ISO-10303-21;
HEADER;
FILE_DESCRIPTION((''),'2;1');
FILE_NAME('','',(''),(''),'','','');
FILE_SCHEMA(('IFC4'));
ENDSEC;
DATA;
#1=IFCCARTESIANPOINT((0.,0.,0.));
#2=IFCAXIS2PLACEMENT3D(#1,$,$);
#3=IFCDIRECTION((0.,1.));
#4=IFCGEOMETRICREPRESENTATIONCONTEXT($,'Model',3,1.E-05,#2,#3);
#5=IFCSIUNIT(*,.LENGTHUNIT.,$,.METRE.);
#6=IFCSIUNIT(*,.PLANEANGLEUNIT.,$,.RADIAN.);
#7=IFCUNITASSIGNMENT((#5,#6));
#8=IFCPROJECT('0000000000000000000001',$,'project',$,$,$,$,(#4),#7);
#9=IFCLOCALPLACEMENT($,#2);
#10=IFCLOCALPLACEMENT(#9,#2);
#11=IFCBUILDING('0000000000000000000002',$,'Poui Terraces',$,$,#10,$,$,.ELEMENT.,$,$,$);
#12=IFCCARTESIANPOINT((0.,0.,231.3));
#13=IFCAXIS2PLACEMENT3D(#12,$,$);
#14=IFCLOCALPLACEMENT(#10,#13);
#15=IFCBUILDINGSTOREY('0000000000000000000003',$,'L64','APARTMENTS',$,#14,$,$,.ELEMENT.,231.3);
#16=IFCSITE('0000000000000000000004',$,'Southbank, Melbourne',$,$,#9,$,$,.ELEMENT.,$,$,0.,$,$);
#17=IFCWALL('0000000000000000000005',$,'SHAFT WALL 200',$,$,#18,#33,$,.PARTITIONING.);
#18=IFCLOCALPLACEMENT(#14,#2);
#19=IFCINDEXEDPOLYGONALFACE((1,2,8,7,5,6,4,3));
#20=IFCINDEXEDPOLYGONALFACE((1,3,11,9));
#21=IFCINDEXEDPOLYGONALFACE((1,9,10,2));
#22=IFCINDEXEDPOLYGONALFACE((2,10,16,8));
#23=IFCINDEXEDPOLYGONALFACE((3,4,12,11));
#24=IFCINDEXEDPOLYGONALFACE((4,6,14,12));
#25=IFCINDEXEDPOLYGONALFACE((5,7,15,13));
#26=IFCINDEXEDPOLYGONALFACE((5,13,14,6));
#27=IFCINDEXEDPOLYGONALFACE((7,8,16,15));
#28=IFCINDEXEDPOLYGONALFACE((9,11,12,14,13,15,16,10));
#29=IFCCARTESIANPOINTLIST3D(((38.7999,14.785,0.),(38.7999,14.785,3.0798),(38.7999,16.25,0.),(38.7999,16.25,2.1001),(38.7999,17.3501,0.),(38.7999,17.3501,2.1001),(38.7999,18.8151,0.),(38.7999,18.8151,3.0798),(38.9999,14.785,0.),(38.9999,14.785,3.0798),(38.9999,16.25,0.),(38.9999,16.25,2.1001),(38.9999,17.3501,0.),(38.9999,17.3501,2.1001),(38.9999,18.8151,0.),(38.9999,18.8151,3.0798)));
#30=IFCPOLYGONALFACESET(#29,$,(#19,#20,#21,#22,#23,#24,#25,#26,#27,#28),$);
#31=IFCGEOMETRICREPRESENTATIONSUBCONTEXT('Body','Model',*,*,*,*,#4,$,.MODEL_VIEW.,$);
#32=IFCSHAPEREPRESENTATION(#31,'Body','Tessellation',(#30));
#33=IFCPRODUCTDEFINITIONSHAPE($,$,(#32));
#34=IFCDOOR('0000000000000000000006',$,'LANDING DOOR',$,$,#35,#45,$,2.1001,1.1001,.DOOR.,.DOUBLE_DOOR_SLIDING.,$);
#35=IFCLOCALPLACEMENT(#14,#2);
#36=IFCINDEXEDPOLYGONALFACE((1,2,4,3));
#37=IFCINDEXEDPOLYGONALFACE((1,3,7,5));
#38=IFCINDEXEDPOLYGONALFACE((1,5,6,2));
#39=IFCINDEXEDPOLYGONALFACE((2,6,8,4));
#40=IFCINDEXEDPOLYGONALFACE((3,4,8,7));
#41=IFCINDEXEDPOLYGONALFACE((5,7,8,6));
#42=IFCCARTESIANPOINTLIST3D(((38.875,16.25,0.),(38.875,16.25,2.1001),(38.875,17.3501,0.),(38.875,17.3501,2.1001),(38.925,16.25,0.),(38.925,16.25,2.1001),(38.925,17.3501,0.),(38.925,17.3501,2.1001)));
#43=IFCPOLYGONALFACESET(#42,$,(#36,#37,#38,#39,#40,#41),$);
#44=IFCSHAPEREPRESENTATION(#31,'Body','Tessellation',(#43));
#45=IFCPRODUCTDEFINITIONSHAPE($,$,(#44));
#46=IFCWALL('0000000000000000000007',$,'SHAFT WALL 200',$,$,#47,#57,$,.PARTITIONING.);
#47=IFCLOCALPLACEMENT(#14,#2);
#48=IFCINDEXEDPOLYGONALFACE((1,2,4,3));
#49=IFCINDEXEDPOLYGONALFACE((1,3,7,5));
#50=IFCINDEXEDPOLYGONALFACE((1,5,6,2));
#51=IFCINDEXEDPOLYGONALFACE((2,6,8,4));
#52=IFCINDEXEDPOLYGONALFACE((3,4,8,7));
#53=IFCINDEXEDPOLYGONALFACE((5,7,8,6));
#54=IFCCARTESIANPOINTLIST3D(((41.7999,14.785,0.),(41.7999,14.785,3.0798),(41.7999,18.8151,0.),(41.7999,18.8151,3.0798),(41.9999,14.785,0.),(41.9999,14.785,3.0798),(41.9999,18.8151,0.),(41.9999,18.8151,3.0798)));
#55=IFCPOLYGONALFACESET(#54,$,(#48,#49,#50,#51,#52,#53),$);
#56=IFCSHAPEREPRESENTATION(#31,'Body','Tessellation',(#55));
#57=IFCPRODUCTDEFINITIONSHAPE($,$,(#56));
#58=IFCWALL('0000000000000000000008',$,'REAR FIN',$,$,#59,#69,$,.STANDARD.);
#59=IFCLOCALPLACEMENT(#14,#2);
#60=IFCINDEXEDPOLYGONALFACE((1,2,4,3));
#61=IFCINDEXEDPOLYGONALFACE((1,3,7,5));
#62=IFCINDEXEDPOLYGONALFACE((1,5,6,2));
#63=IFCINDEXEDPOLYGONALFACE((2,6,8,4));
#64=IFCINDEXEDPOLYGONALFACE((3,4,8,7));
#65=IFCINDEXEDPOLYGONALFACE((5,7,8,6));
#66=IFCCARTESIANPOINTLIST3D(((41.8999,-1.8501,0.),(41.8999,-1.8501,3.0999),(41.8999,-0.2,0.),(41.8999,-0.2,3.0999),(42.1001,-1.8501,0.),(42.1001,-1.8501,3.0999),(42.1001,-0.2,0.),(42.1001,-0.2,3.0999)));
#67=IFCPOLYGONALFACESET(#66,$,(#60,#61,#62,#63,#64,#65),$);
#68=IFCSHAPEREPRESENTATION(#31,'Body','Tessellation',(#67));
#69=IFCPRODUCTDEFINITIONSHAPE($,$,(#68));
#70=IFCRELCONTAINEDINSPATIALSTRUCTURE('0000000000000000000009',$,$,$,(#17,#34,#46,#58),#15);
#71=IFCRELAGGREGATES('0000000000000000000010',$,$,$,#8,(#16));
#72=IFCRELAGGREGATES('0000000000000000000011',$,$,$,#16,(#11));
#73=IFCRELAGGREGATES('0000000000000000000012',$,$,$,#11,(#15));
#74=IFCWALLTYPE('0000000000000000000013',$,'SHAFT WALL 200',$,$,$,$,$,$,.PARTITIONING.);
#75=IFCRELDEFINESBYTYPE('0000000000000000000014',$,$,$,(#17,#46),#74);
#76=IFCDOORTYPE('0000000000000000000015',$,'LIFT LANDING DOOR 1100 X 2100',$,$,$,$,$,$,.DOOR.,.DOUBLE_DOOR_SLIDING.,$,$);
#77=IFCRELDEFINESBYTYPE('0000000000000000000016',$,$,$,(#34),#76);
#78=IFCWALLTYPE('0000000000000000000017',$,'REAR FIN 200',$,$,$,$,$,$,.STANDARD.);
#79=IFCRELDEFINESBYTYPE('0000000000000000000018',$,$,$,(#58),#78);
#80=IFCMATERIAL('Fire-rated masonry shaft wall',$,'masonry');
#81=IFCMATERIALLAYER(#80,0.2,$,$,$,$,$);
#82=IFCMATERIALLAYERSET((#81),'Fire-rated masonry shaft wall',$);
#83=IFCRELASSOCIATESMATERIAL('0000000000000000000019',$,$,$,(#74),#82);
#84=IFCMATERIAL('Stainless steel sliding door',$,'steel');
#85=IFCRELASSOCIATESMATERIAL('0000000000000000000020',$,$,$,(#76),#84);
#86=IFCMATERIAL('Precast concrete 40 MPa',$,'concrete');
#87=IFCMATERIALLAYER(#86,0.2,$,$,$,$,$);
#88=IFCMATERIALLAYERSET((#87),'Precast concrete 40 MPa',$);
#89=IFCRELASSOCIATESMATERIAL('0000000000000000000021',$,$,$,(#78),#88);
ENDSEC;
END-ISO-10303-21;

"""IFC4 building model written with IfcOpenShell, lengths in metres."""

from ifc_helpers import new_model, si_unit, direction, frame, frame_2d, origin, place, context, subcontext, project, spatial, polyline, rectangle, outline, extrude, source, transform, mapped, material, layer, layer_set, type_object, element, fill, save


model = new_model("IFC4")

# Units and contexts
model_context = context("Model", 3, precision=1e-05, world=origin(), true_north=direction((0.0, 1.0)))
body_context = subcontext(model_context, "Body", "Model", "MODEL_VIEW")
ifc_project = project(units=[si_unit("LENGTHUNIT", "METRE"), si_unit("PLANEANGLEUNIT", "RADIAN")], contexts=[model_context])

# Site, building, storey
site_placement = place(None, origin())
site = spatial("IfcSite", under=ifc_project, at=site_placement, Name="Southbank, Melbourne", CompositionType="ELEMENT", RefElevation=0.0)
building_placement = place(site_placement, origin())
building = spatial("IfcBuilding", under=site, at=building_placement, Name="Poui Terraces", CompositionType="ELEMENT")
storey_placement = place(building_placement, frame((0.0, 0.0, 231.3)))
storey = spatial("IfcBuildingStorey", under=building, at=storey_placement, Name="L64", Description="APARTMENTS", CompositionType="ELEMENT", Elevation=231.3)

# Wall, opening, door
ifc_material_1 = material(Name="Fire-rated masonry shaft wall", Category="masonry")
ifc_layer_1 = layer(ifc_material_1, 0.2)
ifc_layer_set_1 = layer_set([ifc_layer_1], Name="Fire-rated masonry shaft wall")
wall_type_1 = type_object("IfcWallType", Name="SHAFT WALL 200", PredefinedType="PARTITIONING", material=ifc_layer_set_1)
wall_1_placement = place(storey_placement, frame((38.8999, 14.7849, 0.0), z_axis=(0.0, 0.0, 1.0), x_axis=(0.0, 1.0, 0.0)))
wall_1 = element("IfcWall", 1, at=wall_1_placement, inside=storey, type_object=wall_type_1, Name="SHAFT WALL 200", PredefinedType="PARTITIONING", context=body_context, shape_type="SweptSolid", body=[
    extrude(rectangle(XDim=4.03, YDim=0.2, at=frame_2d((2.0151, 0.0))), origin(), (0.0, 0.0, 1.0), 3.0798),
])
opening_1_placement = place(wall_1_placement, frame((1.4651, 0.0, 0.0)))
opening_1 = element("IfcOpeningElement", 2, at=opening_1_placement, cuts=wall_1, PredefinedType="OPENING", context=body_context, shape_type="SweptSolid", body=[
    extrude(rectangle(XDim=1.1001, YDim=2.1001, at=frame_2d((0.55, 1.05))), frame((0.0, 0.1099, 0.0), z_axis=(0.0, -1.0, 0.0), x_axis=(1.0, 0.0, 0.0)), (0.0, 0.0, 1.0), 0.22),
])
ifc_material_2 = material(Name="Stainless steel sliding door", Category="steel")
door_type_1 = type_object("IfcDoorType", Name="LIFT LANDING DOOR 1100 X 2100", OperationType="DOUBLE_DOOR_SLIDING", PredefinedType="DOOR", material=ifc_material_2)
door_1_placement = place(opening_1_placement, origin())
door_1 = element("IfcDoor", 3, at=door_1_placement, inside=storey, type_object=door_type_1, Name="LANDING DOOR", OperationType="DOUBLE_DOOR_SLIDING", OverallHeight=2.1001, OverallWidth=1.1001, PredefinedType="DOOR", context=body_context, shape_type="SweptSolid", body=[
    extrude(rectangle(XDim=1.1001, YDim=2.1001, at=frame_2d((0.55, 1.05))), frame((0.0, 0.0249, 0.0), z_axis=(0.0, -1.0, 0.0), x_axis=(1.0, 0.0, 0.0)), (0.0, 0.0, 1.0), 0.05),
])
fill(opening_1, door_1)

# Walls
wall_2_placement = place(storey_placement, frame((41.8999, 14.7849, 0.0), z_axis=(0.0, 0.0, 1.0), x_axis=(0.0, 1.0, 0.0)))
element("IfcWall", 4, at=wall_2_placement, inside=storey, type_object=wall_type_1, Name="SHAFT WALL 200", PredefinedType="PARTITIONING", context=body_context, shape_type="SweptSolid", body=[
    extrude(rectangle(XDim=4.03, YDim=0.2, at=frame_2d((2.0151, 0.0))), origin(), (0.0, 0.0, 1.0), 3.0798),
])
ifc_material_3 = material(Name="Precast concrete 40 MPa", Category="concrete")
ifc_layer_2 = layer(ifc_material_3, 0.2)
ifc_layer_set_2 = layer_set([ifc_layer_2], Name="Precast concrete 40 MPa")
wall_type_2 = type_object("IfcWallType", Name="REAR FIN 200", PredefinedType="STANDARD", material=ifc_layer_set_2)
shared_shape_1 = source(origin(), body_context, "Body", "SweptSolid", [
    extrude(outline(polyline([(0.0, 0.0), (0.2002, 0.0), (0.2002, 1.6501), (0.0, 1.6501), (0.0, 0.0)])), origin(), (0.0, 0.0, 1.0), 3.0999),
])
wall_3_placement = place(storey_placement, frame((41.8999, -1.8501, 0.0)))
element("IfcWall", 5, at=wall_3_placement, inside=storey, type_object=wall_type_2, Name="REAR FIN", PredefinedType="STANDARD", context=body_context, shape_type="MappedRepresentation", body=[
    mapped(shared_shape_1, transform((0.0, 0.0, 0.0))),
])

save(model, "model.ifc")
